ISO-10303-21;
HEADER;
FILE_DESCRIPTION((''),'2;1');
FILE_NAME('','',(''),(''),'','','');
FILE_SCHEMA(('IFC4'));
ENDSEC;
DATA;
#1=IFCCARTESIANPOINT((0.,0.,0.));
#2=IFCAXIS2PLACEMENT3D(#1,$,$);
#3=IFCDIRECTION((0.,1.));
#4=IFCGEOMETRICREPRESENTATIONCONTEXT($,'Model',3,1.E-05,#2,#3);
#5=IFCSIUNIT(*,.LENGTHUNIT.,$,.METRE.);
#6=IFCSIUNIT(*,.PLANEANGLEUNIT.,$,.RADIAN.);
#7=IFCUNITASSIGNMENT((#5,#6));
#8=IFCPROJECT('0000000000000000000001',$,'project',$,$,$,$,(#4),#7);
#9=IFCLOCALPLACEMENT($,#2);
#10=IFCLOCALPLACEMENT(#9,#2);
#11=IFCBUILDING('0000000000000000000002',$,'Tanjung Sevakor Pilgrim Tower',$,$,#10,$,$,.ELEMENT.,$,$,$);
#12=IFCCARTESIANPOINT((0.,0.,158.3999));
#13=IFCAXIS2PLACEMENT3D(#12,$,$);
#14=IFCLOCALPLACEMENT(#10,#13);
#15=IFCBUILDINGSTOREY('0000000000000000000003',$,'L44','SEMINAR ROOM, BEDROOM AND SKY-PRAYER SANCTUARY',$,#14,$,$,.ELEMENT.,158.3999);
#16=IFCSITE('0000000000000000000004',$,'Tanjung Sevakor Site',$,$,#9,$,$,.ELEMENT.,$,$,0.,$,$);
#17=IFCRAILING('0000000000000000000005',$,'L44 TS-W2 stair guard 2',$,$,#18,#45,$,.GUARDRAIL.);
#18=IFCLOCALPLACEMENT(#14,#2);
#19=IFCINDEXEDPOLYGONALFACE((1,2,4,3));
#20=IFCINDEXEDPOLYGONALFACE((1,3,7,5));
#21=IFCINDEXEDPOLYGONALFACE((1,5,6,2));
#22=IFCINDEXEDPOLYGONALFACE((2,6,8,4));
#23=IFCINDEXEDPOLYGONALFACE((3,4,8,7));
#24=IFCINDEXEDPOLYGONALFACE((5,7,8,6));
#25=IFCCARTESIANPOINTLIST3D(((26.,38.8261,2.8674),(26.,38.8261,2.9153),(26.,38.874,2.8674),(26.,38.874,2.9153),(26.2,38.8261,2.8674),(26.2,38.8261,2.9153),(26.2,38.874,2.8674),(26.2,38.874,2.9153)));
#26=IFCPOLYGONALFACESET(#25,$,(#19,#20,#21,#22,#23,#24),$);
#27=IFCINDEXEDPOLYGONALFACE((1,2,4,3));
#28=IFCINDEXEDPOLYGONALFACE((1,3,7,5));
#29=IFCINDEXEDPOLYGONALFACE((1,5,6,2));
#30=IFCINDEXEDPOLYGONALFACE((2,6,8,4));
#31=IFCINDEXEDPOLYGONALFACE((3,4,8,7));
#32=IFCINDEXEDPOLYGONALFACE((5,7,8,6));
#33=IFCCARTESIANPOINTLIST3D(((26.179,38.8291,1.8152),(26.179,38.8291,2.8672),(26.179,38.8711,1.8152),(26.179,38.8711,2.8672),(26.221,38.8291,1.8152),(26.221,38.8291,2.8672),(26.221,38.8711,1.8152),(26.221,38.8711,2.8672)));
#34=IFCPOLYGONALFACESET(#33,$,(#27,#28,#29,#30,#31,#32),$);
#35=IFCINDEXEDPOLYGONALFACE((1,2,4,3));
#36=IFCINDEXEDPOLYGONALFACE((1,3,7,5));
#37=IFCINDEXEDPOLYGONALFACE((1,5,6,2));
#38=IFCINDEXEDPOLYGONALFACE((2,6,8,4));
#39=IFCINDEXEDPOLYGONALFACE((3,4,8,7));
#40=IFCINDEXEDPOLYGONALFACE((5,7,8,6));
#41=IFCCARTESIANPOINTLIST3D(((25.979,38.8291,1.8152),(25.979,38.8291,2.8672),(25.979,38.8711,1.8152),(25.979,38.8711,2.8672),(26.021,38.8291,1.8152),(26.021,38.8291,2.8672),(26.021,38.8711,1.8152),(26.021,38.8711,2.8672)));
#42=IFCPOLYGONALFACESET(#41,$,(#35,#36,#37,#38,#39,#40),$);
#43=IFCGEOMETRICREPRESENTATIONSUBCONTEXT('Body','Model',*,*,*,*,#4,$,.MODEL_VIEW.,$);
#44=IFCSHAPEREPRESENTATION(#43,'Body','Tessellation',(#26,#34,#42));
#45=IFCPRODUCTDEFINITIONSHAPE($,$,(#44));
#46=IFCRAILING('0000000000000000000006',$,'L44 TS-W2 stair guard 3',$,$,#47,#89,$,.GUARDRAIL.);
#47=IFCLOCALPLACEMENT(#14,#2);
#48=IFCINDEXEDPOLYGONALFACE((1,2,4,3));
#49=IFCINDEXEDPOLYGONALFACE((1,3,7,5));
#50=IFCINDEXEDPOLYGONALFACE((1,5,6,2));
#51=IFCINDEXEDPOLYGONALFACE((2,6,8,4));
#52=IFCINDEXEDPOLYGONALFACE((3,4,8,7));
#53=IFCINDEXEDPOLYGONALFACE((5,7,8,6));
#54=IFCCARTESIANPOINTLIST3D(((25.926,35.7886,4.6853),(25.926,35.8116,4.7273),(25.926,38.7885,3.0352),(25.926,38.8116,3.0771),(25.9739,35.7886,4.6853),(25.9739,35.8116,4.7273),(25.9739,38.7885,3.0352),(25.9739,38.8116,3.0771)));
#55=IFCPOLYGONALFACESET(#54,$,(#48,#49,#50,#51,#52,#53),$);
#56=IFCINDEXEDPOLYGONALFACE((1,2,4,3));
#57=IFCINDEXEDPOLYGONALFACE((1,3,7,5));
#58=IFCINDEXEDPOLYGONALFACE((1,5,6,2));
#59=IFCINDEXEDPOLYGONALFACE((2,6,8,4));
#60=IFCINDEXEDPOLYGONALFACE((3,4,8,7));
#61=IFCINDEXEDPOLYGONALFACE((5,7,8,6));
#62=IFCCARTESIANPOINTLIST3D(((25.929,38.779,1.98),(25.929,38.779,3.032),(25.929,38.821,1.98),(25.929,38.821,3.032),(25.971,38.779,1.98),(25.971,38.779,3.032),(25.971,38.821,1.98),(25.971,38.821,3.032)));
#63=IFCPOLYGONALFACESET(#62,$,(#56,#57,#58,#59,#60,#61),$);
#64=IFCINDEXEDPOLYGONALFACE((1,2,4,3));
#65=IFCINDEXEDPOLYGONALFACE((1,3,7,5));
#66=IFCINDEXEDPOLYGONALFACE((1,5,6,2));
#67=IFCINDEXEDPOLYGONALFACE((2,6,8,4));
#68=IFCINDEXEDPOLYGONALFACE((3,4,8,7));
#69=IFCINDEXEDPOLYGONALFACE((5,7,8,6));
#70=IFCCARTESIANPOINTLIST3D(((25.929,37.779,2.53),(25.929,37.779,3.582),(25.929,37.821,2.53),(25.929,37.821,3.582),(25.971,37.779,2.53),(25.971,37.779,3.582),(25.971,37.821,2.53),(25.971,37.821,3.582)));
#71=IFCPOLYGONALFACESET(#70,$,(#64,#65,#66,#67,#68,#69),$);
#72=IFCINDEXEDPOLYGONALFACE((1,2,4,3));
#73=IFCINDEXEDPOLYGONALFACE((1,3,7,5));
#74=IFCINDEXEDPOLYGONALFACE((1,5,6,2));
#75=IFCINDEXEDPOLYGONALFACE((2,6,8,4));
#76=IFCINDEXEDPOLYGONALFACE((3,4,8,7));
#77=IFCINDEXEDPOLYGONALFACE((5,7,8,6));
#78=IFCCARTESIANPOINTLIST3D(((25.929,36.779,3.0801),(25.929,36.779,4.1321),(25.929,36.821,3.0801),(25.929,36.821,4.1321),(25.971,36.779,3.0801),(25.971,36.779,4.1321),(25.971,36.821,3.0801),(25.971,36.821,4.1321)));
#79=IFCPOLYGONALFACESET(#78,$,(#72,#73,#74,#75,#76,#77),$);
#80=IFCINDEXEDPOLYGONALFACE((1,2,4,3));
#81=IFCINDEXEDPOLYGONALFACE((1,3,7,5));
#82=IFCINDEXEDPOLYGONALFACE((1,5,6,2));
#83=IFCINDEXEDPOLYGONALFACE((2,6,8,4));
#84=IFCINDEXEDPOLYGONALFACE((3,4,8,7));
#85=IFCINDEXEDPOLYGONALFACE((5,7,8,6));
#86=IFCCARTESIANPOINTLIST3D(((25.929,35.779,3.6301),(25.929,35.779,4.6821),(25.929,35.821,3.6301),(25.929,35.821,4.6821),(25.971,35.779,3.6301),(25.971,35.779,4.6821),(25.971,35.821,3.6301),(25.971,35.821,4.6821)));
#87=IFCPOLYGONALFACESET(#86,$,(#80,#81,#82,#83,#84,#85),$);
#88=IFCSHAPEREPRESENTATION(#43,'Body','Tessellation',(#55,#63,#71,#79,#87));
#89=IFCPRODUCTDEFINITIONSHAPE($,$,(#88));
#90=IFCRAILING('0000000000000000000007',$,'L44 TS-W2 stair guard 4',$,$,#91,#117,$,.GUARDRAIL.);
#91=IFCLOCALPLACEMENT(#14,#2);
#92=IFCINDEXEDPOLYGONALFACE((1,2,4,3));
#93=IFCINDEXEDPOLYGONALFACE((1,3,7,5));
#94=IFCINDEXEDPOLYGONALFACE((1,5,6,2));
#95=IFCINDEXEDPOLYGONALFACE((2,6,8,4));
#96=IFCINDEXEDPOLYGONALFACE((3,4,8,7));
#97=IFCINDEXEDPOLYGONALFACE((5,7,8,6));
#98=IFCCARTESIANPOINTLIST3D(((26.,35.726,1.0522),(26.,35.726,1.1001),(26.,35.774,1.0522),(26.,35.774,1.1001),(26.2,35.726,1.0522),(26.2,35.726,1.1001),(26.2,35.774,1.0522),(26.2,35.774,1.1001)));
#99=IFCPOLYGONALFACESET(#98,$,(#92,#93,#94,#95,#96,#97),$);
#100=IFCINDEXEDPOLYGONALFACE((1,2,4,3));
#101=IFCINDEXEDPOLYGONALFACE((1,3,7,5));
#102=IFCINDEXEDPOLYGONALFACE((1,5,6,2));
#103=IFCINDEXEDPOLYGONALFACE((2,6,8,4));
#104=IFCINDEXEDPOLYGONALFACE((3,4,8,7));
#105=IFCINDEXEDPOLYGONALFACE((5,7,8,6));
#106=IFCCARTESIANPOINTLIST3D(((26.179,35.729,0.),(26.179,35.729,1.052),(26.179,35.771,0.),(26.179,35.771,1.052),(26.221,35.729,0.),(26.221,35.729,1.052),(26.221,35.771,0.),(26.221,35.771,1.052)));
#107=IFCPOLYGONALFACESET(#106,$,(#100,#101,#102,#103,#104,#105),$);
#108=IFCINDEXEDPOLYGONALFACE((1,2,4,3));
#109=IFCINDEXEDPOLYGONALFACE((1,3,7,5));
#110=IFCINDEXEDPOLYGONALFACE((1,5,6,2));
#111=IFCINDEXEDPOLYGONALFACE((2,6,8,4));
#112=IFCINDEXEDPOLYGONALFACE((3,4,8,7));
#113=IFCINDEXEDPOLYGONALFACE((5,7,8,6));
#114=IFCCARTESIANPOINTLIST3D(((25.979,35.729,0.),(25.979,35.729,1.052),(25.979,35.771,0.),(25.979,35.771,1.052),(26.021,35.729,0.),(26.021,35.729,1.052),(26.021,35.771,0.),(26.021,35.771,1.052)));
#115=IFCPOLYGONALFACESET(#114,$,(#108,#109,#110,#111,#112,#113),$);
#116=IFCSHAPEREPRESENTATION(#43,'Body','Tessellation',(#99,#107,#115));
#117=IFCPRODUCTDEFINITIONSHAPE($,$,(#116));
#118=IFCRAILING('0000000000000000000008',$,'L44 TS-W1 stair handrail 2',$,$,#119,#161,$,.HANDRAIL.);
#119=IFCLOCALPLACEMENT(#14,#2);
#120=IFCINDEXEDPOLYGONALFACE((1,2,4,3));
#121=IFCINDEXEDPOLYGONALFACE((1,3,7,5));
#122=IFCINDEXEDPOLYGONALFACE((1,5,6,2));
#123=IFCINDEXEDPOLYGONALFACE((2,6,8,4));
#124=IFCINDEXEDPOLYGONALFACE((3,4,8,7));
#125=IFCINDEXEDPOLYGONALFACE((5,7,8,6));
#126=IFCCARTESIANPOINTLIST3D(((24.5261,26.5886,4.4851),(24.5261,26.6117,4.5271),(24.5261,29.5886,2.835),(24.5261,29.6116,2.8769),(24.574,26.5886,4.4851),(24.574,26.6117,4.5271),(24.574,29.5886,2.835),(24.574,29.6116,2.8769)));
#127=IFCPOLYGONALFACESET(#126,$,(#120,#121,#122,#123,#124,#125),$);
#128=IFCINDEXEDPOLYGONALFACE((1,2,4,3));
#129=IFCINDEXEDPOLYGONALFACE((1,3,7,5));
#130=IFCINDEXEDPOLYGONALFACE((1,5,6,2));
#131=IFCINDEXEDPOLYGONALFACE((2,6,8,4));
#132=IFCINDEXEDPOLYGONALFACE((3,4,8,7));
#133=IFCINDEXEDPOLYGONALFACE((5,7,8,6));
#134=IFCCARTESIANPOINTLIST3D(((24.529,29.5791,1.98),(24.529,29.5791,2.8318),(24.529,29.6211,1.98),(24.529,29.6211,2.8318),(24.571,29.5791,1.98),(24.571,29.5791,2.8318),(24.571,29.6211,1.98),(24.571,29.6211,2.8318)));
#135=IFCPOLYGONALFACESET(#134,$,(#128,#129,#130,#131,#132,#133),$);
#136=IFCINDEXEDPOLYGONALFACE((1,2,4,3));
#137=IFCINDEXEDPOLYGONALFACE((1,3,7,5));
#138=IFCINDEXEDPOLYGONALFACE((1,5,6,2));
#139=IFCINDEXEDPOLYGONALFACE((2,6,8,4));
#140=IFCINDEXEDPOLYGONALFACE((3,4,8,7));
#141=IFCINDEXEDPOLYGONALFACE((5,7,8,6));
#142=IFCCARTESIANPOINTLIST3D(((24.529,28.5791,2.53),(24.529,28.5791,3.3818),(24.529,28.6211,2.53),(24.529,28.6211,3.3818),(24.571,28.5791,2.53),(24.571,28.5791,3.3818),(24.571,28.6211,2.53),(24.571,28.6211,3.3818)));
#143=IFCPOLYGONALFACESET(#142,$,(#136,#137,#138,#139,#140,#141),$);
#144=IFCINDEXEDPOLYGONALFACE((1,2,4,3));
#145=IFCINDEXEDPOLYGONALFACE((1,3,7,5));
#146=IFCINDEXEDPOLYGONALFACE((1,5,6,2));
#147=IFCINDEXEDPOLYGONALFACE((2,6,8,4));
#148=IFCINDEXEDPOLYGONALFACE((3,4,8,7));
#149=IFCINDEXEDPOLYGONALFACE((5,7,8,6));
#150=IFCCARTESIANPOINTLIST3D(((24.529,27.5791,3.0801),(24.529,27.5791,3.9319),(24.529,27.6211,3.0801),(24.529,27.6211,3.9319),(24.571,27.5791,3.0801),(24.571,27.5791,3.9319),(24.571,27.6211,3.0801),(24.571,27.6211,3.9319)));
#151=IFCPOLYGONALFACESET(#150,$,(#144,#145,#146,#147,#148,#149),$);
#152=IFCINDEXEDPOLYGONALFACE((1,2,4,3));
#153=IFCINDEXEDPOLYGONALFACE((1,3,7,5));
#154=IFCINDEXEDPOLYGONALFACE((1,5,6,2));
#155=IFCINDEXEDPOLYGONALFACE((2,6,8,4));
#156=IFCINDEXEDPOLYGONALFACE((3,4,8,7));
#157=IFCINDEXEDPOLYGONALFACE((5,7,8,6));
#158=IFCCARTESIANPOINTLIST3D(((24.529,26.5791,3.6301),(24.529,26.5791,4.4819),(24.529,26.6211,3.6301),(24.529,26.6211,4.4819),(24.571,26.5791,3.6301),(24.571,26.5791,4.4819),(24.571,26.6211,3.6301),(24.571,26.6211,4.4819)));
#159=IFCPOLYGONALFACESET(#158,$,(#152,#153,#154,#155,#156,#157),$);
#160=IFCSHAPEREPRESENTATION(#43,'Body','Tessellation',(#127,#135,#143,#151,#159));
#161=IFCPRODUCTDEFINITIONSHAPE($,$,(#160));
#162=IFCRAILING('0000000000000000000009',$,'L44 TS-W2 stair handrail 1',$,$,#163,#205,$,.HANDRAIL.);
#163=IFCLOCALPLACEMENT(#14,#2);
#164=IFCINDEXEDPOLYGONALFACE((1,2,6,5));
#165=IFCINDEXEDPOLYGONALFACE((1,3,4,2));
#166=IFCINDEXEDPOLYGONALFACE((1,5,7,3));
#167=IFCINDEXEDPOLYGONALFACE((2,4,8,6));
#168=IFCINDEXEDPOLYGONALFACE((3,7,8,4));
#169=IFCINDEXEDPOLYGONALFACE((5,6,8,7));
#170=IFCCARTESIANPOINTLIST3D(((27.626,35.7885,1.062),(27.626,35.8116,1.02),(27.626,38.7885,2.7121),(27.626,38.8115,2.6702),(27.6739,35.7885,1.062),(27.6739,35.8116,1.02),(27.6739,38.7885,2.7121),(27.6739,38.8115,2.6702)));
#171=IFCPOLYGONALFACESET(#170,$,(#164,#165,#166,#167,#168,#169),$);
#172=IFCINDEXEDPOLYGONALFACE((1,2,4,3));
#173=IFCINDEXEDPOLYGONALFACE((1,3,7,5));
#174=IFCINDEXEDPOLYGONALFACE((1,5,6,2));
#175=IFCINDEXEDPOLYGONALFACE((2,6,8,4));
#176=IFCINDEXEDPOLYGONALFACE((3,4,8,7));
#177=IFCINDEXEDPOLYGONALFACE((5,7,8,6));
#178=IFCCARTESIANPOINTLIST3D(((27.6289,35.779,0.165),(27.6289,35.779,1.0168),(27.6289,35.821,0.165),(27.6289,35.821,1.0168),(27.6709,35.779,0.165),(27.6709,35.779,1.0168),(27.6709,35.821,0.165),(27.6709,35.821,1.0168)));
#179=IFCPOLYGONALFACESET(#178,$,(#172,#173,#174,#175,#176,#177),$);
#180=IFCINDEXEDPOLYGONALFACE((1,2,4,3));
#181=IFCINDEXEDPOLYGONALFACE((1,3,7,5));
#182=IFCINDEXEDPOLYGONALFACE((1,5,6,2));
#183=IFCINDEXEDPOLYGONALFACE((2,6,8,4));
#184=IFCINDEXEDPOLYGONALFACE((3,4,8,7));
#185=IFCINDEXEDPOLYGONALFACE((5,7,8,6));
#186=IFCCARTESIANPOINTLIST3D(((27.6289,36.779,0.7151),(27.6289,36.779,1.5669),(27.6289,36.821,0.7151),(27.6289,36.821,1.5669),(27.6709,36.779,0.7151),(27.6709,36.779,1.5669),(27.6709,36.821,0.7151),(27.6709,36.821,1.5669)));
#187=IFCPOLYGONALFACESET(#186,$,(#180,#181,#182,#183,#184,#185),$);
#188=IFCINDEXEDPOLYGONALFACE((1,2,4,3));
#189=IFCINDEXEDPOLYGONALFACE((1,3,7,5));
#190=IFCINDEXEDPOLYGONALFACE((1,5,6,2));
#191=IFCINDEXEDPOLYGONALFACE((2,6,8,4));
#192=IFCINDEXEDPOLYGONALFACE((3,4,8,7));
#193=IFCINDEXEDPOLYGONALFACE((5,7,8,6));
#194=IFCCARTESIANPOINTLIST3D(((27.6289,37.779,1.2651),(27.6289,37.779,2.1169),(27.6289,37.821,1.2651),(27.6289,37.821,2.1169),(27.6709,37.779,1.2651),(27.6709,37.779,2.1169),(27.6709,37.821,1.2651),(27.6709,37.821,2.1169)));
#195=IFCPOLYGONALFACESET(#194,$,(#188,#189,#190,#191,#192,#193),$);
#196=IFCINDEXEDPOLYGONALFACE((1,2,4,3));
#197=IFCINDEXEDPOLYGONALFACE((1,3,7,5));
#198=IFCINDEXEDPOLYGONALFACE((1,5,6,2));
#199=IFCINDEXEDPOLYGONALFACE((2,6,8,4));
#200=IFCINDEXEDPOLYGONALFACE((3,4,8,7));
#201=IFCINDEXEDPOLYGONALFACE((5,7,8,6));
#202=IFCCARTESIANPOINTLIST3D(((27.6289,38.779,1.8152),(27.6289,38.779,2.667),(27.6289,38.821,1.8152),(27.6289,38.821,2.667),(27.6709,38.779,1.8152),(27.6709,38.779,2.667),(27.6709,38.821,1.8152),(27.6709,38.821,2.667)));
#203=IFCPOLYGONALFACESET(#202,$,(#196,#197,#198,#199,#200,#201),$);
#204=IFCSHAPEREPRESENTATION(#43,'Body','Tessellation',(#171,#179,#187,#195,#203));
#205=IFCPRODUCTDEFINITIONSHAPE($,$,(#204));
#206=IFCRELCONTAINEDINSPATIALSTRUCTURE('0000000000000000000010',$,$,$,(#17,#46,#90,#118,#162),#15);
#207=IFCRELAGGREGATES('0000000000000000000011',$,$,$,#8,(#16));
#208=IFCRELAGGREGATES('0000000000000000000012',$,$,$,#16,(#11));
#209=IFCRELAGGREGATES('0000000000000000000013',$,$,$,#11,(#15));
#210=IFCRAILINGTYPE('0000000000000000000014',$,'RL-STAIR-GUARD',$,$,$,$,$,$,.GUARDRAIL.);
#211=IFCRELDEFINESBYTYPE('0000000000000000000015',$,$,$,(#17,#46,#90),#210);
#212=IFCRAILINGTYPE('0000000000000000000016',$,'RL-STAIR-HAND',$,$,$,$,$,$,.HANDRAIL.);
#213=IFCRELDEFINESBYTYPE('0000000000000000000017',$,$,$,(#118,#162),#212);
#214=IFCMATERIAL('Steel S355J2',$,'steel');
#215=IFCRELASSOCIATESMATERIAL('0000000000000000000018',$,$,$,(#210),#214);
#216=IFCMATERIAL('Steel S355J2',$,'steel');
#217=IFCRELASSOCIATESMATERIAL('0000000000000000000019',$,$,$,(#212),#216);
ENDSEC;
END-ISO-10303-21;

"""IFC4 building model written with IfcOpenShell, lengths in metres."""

from ifc_helpers import new_model, si_unit, direction, frame, origin, place, context, subcontext, project, spatial, rectangle, extrude, material, type_object, element, save


model = new_model("IFC4")

# Units and contexts
model_context = context("Model", 3, precision=1e-05, world=origin(), true_north=direction((0.0, 1.0)))
body_context = subcontext(model_context, "Body", "Model", "MODEL_VIEW")
ifc_project = project(units=[si_unit("LENGTHUNIT", "METRE"), si_unit("PLANEANGLEUNIT", "RADIAN")], contexts=[model_context])

# Site, building, storey
site_placement = place(None, origin())
site = spatial("IfcSite", under=ifc_project, at=site_placement, Name="Tanjung Sevakor Site", CompositionType="ELEMENT", RefElevation=0.0)
building_placement = place(site_placement, origin())
building = spatial("IfcBuilding", under=site, at=building_placement, Name="Tanjung Sevakor Pilgrim Tower", CompositionType="ELEMENT")
storey_placement = place(building_placement, frame((0.0, 0.0, 158.3999)))
storey = spatial("IfcBuildingStorey", under=building, at=storey_placement, Name="L44", Description="SEMINAR ROOM, BEDROOM AND SKY-PRAYER SANCTUARY", CompositionType="ELEMENT", Elevation=158.3999)

# Railings
ifc_material_1 = material(Name="Steel S355J2", Category="steel")
railing_type_1 = type_object("IfcRailingType", Name="RL-STAIR-GUARD", PredefinedType="GUARDRAIL", material=ifc_material_1)
railing_1_placement = place(storey_placement, frame((26.2, 38.8501, 1.8152)))
element("IfcRailing", 1, at=railing_1_placement, inside=storey, type_object=railing_type_1, Name="L44 TS-W2 stair guard 2", PredefinedType="GUARDRAIL", context=body_context, shape_type="SweptSolid", body=[
    extrude(rectangle(XDim=0.0479, YDim=0.0479), frame((0.0, 0.0, 1.0762), z_axis=(-1.0, 0.0, 0.0), x_axis=(0.0, -1.0, 0.0)), (0.0, 0.0, 1.0), 0.2),
    extrude(rectangle(XDim=0.042, YDim=0.042), origin(), (0.0, 0.0, 1.0), 1.052),
    extrude(rectangle(XDim=0.042, YDim=0.042), frame((-0.2, 0.0, 0.0)), (0.0, 0.0, 1.0), 1.052),
])
railing_2_placement = place(storey_placement, frame((25.95, 38.8, 1.98)))
element("IfcRailing", 2, at=railing_2_placement, inside=storey, type_object=railing_type_1, Name="L44 TS-W2 stair guard 3", PredefinedType="GUARDRAIL", context=body_context, shape_type="SweptSolid", body=[
    extrude(rectangle(XDim=0.0479, YDim=0.0479), frame((0.0, 0.0, 1.0762), z_axis=(0.0, -0.876198, 0.481952), x_axis=(1.0, 0.0, 0.0)), (0.0, 0.0, 1.0), 3.4238),
    extrude(rectangle(XDim=0.042, YDim=0.042), origin(), (0.0, 0.0, 1.0), 1.052),
    extrude(rectangle(XDim=0.042, YDim=0.042), frame((0.0, -1.0, 0.55)), (0.0, 0.0, 1.0), 1.052),
    extrude(rectangle(XDim=0.042, YDim=0.042), frame((0.0, -2.0, 1.1001)), (0.0, 0.0, 1.0), 1.052),
    extrude(rectangle(XDim=0.042, YDim=0.042), frame((0.0, -3.0, 1.6501)), (0.0, 0.0, 1.0), 1.052),
])
railing_3_placement = place(storey_placement, frame((26.2, 35.75, 0.0)))
element("IfcRailing", 3, at=railing_3_placement, inside=storey, type_object=railing_type_1, Name="L44 TS-W2 stair guard 4", PredefinedType="GUARDRAIL", context=body_context, shape_type="SweptSolid", body=[
    extrude(rectangle(XDim=0.0479, YDim=0.0479), frame((0.0, 0.0, 1.0762), z_axis=(-1.0, 0.0, 0.0), x_axis=(0.0, -1.0, 0.0)), (0.0, 0.0, 1.0), 0.2),
    extrude(rectangle(XDim=0.042, YDim=0.042), origin(), (0.0, 0.0, 1.0), 1.052),
    extrude(rectangle(XDim=0.042, YDim=0.042), frame((-0.2, 0.0, 0.0)), (0.0, 0.0, 1.0), 1.052),
])
ifc_material_2 = material(Name="Steel S355J2", Category="steel")
railing_type_2 = type_object("IfcRailingType", Name="RL-STAIR-HAND", PredefinedType="HANDRAIL", material=ifc_material_2)
railing_4_placement = place(storey_placement, frame((24.55, 29.6001, 1.98)))
element("IfcRailing", 4, at=railing_4_placement, inside=storey, type_object=railing_type_2, Name="L44 TS-W1 stair handrail 2", PredefinedType="HANDRAIL", context=body_context, shape_type="SweptSolid", body=[
    extrude(rectangle(XDim=0.0479, YDim=0.0479), frame((0.0, 0.0, 0.876), z_axis=(0.0, -0.876198, 0.481952), x_axis=(1.0, 0.0, 0.0)), (0.0, 0.0, 1.0), 3.4238),
    extrude(rectangle(XDim=0.042, YDim=0.042), origin(), (0.0, 0.0, 1.0), 0.8518),
    extrude(rectangle(XDim=0.042, YDim=0.042), frame((0.0, -1.0, 0.55)), (0.0, 0.0, 1.0), 0.8518),
    extrude(rectangle(XDim=0.042, YDim=0.042), frame((0.0, -2.0, 1.1001)), (0.0, 0.0, 1.0), 0.8518),
    extrude(rectangle(XDim=0.042, YDim=0.042), frame((0.0, -3.0, 1.6501)), (0.0, 0.0, 1.0), 0.8518),
])
railing_5_placement = place(storey_placement, frame((27.6499, 35.8, 0.165)))
element("IfcRailing", 5, at=railing_5_placement, inside=storey, type_object=railing_type_2, Name="L44 TS-W2 stair handrail 1", PredefinedType="HANDRAIL", context=body_context, shape_type="SweptSolid", body=[
    extrude(rectangle(XDim=0.0479, YDim=0.0479), frame((0.0, 0.0, 0.876), z_axis=(0.0, 0.876198, 0.481952), x_axis=(-1.0, 0.0, 0.0)), (0.0, 0.0, 1.0), 3.4238),
    extrude(rectangle(XDim=0.042, YDim=0.042), origin(), (0.0, 0.0, 1.0), 0.8518),
    extrude(rectangle(XDim=0.042, YDim=0.042), frame((0.0, 1.0, 0.55)), (0.0, 0.0, 1.0), 0.8518),
    extrude(rectangle(XDim=0.042, YDim=0.042), frame((0.0, 2.0, 1.1001)), (0.0, 0.0, 1.0), 0.8518),
    extrude(rectangle(XDim=0.042, YDim=0.042), frame((0.0, 3.0, 1.6501)), (0.0, 0.0, 1.0), 0.8518),
])

save(model, "model.ifc")
